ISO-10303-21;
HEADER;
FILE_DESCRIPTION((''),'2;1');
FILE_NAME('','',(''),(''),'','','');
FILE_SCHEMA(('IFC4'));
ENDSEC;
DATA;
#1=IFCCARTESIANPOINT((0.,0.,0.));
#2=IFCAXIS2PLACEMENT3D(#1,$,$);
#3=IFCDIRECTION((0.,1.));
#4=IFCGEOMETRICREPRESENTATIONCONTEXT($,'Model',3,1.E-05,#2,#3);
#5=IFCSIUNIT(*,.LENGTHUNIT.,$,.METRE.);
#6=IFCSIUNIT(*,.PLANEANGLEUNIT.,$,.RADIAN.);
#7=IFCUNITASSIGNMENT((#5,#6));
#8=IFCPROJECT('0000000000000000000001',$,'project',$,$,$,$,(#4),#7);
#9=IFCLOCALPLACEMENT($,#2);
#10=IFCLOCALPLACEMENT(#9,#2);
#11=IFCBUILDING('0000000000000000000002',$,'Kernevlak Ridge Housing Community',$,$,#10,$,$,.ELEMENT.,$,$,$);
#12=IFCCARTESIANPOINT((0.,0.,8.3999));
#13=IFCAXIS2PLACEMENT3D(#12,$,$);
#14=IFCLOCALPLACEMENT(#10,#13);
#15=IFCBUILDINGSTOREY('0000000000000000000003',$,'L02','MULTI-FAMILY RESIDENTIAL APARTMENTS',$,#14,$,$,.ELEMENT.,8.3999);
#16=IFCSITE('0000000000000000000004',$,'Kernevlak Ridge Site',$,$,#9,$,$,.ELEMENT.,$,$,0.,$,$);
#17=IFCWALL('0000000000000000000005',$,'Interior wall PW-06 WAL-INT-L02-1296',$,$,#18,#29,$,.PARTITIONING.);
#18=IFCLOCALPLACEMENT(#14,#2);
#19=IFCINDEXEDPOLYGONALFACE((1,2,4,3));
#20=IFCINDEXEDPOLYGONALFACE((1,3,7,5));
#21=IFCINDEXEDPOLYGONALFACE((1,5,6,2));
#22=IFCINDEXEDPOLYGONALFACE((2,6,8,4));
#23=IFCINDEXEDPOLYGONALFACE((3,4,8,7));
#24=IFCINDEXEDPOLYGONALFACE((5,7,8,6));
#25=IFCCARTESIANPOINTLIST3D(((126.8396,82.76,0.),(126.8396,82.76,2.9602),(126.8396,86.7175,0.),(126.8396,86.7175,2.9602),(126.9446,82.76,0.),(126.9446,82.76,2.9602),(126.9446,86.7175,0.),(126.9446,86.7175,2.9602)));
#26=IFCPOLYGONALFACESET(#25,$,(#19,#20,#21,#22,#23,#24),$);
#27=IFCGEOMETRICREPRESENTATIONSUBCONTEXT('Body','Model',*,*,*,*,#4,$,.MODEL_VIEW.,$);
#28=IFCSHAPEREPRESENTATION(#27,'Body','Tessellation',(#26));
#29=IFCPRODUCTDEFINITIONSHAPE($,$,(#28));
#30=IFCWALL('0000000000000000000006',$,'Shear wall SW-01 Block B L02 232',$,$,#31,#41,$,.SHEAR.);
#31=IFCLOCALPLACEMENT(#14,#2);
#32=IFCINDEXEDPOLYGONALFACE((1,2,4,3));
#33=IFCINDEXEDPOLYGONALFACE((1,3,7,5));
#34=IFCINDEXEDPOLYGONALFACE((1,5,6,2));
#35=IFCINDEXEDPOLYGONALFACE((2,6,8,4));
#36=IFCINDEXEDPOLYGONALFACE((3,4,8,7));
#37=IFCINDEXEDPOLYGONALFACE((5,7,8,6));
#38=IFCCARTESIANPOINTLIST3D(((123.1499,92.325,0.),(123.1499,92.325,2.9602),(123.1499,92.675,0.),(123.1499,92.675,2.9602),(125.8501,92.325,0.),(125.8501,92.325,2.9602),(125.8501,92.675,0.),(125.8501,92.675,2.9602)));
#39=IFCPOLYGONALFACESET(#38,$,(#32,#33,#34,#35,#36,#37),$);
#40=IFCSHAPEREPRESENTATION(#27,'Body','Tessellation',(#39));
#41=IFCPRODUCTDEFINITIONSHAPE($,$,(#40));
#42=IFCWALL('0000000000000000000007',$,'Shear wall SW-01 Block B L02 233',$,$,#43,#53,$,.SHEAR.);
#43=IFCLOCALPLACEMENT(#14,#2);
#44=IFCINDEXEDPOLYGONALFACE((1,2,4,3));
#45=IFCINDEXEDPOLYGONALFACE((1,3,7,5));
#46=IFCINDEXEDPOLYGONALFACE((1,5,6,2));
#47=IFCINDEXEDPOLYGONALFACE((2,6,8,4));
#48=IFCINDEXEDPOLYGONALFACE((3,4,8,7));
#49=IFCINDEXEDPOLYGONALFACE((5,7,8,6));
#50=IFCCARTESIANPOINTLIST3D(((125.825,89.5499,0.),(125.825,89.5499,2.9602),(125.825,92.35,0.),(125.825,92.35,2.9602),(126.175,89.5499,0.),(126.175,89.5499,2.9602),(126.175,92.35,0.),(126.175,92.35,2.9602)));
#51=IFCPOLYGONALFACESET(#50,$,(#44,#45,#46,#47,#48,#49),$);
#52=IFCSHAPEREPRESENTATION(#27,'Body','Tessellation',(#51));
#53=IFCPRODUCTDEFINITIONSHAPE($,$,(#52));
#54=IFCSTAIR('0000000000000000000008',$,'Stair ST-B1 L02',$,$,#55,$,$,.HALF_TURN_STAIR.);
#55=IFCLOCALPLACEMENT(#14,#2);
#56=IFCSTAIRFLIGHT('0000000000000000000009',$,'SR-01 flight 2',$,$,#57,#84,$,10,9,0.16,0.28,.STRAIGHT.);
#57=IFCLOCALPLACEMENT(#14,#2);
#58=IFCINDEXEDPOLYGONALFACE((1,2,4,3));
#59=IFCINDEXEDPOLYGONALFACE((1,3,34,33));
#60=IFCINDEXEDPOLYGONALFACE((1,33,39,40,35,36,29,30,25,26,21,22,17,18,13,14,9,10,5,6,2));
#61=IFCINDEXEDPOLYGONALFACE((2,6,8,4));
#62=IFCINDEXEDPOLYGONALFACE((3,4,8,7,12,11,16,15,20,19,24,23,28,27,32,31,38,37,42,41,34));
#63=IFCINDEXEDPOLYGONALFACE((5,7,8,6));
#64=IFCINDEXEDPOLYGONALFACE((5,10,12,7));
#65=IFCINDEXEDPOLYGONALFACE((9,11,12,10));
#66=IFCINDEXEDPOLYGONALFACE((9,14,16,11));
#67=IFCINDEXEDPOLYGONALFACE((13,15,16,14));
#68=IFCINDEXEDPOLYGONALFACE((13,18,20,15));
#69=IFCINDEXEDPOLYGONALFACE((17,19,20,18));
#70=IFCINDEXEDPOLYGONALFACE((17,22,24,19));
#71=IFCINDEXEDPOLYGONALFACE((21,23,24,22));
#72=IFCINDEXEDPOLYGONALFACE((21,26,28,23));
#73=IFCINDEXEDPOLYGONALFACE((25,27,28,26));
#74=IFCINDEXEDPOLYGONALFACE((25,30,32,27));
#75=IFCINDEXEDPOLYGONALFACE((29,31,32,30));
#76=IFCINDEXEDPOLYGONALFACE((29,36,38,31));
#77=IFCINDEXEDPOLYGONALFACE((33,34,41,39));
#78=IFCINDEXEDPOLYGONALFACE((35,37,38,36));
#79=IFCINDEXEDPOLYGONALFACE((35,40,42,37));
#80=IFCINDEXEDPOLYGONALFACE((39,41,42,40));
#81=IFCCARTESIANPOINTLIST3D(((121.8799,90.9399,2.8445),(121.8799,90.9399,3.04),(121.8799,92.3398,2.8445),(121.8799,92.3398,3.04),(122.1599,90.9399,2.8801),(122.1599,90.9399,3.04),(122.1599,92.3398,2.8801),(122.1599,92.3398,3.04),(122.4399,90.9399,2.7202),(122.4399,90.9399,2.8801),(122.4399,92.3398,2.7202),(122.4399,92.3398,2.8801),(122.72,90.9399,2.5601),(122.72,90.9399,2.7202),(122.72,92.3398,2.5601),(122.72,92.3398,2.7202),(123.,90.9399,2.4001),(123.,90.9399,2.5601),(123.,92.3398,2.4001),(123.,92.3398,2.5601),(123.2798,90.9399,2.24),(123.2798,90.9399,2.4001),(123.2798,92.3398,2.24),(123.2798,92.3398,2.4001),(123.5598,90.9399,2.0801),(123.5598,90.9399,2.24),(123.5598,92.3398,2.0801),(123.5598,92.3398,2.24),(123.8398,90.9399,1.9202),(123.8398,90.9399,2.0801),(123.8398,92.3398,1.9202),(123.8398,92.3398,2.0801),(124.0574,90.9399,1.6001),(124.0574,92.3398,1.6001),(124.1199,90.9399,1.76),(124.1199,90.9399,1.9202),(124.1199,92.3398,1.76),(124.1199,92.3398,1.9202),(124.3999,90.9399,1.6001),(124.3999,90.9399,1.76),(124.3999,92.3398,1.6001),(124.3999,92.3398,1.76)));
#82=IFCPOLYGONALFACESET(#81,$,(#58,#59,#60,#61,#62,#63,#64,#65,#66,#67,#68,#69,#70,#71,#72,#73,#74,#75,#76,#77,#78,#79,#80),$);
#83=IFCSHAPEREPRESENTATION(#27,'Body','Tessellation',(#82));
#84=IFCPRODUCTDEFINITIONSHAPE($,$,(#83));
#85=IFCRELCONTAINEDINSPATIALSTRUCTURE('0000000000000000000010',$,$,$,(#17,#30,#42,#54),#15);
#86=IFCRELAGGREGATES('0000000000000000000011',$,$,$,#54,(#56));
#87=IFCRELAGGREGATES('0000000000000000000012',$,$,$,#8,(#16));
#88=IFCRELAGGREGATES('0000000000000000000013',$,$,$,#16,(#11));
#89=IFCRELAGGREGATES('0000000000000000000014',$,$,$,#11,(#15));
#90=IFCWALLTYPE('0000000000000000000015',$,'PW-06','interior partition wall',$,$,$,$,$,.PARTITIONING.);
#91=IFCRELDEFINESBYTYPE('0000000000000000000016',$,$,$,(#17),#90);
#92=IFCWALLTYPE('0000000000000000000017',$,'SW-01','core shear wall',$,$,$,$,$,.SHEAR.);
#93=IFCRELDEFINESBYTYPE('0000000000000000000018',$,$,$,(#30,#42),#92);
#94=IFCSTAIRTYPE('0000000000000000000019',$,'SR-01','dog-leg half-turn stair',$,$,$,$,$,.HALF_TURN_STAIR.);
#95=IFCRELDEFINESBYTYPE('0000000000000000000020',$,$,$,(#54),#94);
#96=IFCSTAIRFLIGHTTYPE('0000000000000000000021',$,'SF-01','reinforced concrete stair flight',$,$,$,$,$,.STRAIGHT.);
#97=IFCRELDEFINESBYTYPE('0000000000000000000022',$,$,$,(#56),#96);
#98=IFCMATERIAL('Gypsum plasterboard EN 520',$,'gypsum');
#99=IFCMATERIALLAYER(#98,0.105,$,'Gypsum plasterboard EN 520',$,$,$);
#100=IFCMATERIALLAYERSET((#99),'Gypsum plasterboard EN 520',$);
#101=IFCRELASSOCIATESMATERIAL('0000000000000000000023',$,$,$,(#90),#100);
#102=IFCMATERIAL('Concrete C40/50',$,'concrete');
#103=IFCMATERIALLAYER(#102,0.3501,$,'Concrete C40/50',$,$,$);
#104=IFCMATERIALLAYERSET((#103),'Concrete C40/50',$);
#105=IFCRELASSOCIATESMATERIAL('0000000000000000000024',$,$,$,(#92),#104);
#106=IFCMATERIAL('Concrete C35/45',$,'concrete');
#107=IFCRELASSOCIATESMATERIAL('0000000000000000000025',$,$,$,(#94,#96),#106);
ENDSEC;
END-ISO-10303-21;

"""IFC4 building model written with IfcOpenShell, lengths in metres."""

from ifc_helpers import new_model, si_unit, direction, frame, frame_2d, origin, place, context, subcontext, project, spatial, polyline, rectangle, outline, extrude, material, layer, layer_set, type_object, element, aggregate, save


model = new_model("IFC4")

# Units and contexts
model_context = context("Model", 3, precision=1e-05, world=origin(), true_north=direction((0.0, 1.0)))
body_context = subcontext(model_context, "Body", "Model", "MODEL_VIEW")
ifc_project = project(units=[si_unit("LENGTHUNIT", "METRE"), si_unit("PLANEANGLEUNIT", "RADIAN")], contexts=[model_context])

# Site, building, storey
site_placement = place(None, origin())
site = spatial("IfcSite", under=ifc_project, at=site_placement, Name="Kernevlak Ridge Site", CompositionType="ELEMENT", RefElevation=0.0)
building_placement = place(site_placement, origin())
building = spatial("IfcBuilding", under=site, at=building_placement, Name="Kernevlak Ridge Housing Community", CompositionType="ELEMENT")
storey_placement = place(building_placement, frame((0.0, 0.0, 8.3999)))
storey = spatial("IfcBuildingStorey", under=building, at=storey_placement, Name="L02", Description="MULTI-FAMILY RESIDENTIAL APARTMENTS", CompositionType="ELEMENT", Elevation=8.3999)

# Shared definitions
ifc_material_1 = material(Name="Concrete C40/50", Category="concrete")

# Shared definitions
ifc_material_2 = material(Name="Concrete C35/45", Category="concrete")

# Walls
ifc_material_3 = material(Name="Gypsum plasterboard EN 520", Category="gypsum")
ifc_layer_1 = layer(ifc_material_3, 0.105, Name="Gypsum plasterboard EN 520")
ifc_layer_set_1 = layer_set([ifc_layer_1], Name="Gypsum plasterboard EN 520")
wall_type_1 = type_object("IfcWallType", Name="PW-06", Description="interior partition wall", PredefinedType="PARTITIONING", material=ifc_layer_set_1)
wall_1_placement = place(storey_placement, frame((126.8921, 86.7175, 0.0), z_axis=(0.0, 0.0, 1.0), x_axis=(0.0, -1.0, 0.0)))
element("IfcWall", 1, at=wall_1_placement, inside=storey, type_object=wall_type_1, Name="Interior wall PW-06 WAL-INT-L02-1296", PredefinedType="PARTITIONING", context=body_context, shape_type="SweptSolid", body=[
    extrude(rectangle(XDim=3.9575, YDim=0.105, at=frame_2d((1.9788, 0.0))), origin(), (0.0, 0.0, 1.0), 2.9602),
])
ifc_layer_2 = layer(ifc_material_1, 0.3501, Name="Concrete C40/50")
ifc_layer_set_2 = layer_set([ifc_layer_2], Name="Concrete C40/50")
wall_type_2 = type_object("IfcWallType", Name="SW-01", Description="core shear wall", PredefinedType="SHEAR", material=ifc_layer_set_2)
wall_2_placement = place(storey_placement, frame((123.1499, 92.5, 0.0), z_axis=(0.0, 0.0, 1.0), x_axis=(1.0, 0.0, 0.0)))
element("IfcWall", 2, at=wall_2_placement, inside=storey, type_object=wall_type_2, Name="Shear wall SW-01 Block B L02 232", PredefinedType="SHEAR", context=body_context, shape_type="SweptSolid", body=[
    extrude(rectangle(XDim=2.7002, YDim=0.3501, at=frame_2d((1.3501, 0.0))), origin(), (0.0, 0.0, 1.0), 2.9602),
])
wall_3_placement = place(storey_placement, frame((126.0, 89.55, 0.0), z_axis=(0.0, 0.0, 1.0), x_axis=(0.0, 1.0, 0.0)))
element("IfcWall", 3, at=wall_3_placement, inside=storey, type_object=wall_type_2, Name="Shear wall SW-01 Block B L02 233", PredefinedType="SHEAR", context=body_context, shape_type="SweptSolid", body=[
    extrude(rectangle(XDim=2.8, YDim=0.3501, at=frame_2d((1.3999, 0.0))), origin(), (0.0, 0.0, 1.0), 2.9602),
])

# Stair, stair flight
stair_type = type_object("IfcStairType", Name="SR-01", Description="dog-leg half-turn stair", PredefinedType="HALF_TURN_STAIR", material=ifc_material_2)
stair_placement = place(storey_placement, origin())
stair = element("IfcStair", 4, at=stair_placement, inside=storey, type_object=stair_type, Name="Stair ST-B1 L02", PredefinedType="HALF_TURN_STAIR")
stair_flight_type = type_object("IfcStairFlightType", Name="SF-01", Description="reinforced concrete stair flight", PredefinedType="STRAIGHT", material=ifc_material_2)
stair_flight_placement = place(storey_placement, frame((124.3999, 91.6399, 1.6001), z_axis=(0.0, 0.0, 1.0), x_axis=(-1.0, 0.0, 0.0)))
stair_flight = element("IfcStairFlight", 5, at=stair_flight_placement, type_object=stair_flight_type, Name="SR-01 flight 2", NumberOfRisers=10, NumberOfTreads=9, PredefinedType="STRAIGHT", RiserHeight=0.16, TreadLength=0.28, context=body_context, shape_type="SweptSolid", body=[
    extrude(outline(polyline([(0.0, 0.0), (0.0, 0.1599), (0.28, 0.1599), (0.28, 0.3201), (0.5601, 0.3201), (0.5601, 0.48), (0.8401, 0.48), (0.8401, 0.6399), (1.1201, 0.6399), (1.1201, 0.8), (1.3999, 0.8), (1.3999, 0.96), (1.6799, 0.96), (1.6799, 1.1201), (1.96, 1.1201), (1.96, 1.28), (2.24, 1.28), (2.24, 1.4399), (2.52, 1.4399), (2.52, 1.6001), (2.52, 1.2444), (0.3425, 0.0), (0.0, 0.0)])), frame((0.0, 0.7, 0.0), z_axis=(0.0, -1.0, 0.0), x_axis=(1.0, 0.0, 0.0)), (0.0, 0.0, 1.0), 1.3999),
])
aggregate(stair, [stair_flight])

save(model, "model.ifc")
